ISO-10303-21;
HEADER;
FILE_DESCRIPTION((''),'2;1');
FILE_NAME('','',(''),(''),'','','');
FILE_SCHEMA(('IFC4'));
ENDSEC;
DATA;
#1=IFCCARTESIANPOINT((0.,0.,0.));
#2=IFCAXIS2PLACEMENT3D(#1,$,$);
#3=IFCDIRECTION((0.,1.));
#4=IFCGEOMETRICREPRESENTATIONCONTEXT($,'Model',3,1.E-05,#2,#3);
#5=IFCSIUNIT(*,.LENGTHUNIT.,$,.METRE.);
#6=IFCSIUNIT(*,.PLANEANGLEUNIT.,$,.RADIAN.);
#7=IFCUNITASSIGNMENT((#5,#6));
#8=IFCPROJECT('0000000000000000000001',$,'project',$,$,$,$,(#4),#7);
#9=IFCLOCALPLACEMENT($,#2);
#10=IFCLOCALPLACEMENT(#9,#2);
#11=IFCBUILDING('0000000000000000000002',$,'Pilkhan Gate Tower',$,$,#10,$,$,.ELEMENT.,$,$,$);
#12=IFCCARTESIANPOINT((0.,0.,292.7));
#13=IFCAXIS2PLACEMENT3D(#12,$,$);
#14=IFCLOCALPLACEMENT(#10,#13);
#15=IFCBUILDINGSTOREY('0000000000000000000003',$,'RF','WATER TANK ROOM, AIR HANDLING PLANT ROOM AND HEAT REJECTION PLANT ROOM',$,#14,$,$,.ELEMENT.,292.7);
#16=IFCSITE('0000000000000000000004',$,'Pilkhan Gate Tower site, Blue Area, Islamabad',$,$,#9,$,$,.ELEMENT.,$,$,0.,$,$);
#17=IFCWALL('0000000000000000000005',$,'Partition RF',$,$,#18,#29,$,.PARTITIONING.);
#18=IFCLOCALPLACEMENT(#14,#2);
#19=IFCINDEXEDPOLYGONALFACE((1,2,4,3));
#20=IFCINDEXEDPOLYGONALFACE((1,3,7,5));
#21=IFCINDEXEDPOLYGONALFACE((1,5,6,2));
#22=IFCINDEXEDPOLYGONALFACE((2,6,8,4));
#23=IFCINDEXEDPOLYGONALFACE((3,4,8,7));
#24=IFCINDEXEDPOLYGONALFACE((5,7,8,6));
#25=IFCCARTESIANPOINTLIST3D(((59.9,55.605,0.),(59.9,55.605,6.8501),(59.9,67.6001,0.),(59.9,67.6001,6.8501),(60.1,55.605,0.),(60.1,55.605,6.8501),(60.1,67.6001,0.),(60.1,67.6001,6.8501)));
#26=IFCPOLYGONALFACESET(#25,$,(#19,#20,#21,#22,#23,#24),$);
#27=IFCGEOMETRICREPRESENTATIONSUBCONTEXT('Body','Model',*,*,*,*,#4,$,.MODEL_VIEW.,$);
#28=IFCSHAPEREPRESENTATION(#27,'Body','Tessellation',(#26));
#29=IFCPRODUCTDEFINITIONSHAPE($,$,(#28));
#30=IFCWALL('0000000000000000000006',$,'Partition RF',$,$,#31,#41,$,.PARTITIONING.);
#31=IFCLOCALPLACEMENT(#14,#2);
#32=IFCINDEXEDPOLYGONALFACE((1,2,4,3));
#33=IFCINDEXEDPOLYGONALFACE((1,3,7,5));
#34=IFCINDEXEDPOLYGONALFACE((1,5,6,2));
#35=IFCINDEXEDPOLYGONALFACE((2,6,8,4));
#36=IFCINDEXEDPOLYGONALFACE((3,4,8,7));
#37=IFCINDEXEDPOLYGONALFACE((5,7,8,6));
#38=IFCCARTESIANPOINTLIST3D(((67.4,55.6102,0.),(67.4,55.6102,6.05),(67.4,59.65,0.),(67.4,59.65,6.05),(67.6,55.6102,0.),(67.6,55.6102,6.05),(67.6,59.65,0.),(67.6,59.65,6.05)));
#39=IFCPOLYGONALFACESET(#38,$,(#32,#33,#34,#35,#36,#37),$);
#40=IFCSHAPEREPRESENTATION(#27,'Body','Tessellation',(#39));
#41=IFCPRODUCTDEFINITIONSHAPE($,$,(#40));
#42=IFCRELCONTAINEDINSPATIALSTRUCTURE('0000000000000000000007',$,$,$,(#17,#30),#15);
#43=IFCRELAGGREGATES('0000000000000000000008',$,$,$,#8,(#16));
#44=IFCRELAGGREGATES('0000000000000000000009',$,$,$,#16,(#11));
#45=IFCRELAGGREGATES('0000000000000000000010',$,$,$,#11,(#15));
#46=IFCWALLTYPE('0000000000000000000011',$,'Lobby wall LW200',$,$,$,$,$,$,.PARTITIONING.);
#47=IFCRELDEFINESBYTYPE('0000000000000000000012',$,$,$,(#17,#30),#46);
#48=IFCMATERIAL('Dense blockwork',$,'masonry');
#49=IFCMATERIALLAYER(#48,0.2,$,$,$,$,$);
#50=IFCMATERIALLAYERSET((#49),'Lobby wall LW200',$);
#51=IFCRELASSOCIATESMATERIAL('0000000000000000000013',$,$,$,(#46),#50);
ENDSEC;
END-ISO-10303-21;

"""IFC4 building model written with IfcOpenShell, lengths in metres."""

from ifc_helpers import new_model, si_unit, direction, frame, frame_2d, origin, place, context, subcontext, project, spatial, rectangle, extrude, material, layer, layer_set, type_object, element, save


model = new_model("IFC4")

# Units and contexts
model_context = context("Model", 3, precision=1e-05, world=origin(), true_north=direction((0.0, 1.0)))
body_context = subcontext(model_context, "Body", "Model", "MODEL_VIEW")
ifc_project = project(units=[si_unit("LENGTHUNIT", "METRE"), si_unit("PLANEANGLEUNIT", "RADIAN")], contexts=[model_context])

# Site, building, storey
site_placement = place(None, origin())
site = spatial("IfcSite", under=ifc_project, at=site_placement, Name="Pilkhan Gate Tower site, Blue Area, Islamabad", CompositionType="ELEMENT", RefElevation=0.0)
building_placement = place(site_placement, origin())
building = spatial("IfcBuilding", under=site, at=building_placement, Name="Pilkhan Gate Tower", CompositionType="ELEMENT")
storey_placement = place(building_placement, frame((0.0, 0.0, 292.7)))
storey = spatial("IfcBuildingStorey", under=building, at=storey_placement, Name="RF", Description="WATER TANK ROOM, AIR HANDLING PLANT ROOM AND HEAT REJECTION PLANT ROOM", CompositionType="ELEMENT", Elevation=292.7)

# Walls
ifc_material_1 = material(Name="Dense blockwork", Category="masonry")
ifc_layer_1 = layer(ifc_material_1, 0.2)
ifc_layer_set_1 = layer_set([ifc_layer_1], Name="Lobby wall LW200")
wall_type_1 = type_object("IfcWallType", Name="Lobby wall LW200", PredefinedType="PARTITIONING", material=ifc_layer_set_1)
wall_1_placement = place(storey_placement, frame((60.0, 55.605, 0.0), z_axis=(0.0, 0.0, 1.0), x_axis=(0.0, 1.0, 0.0)))
element("IfcWall", 1, at=wall_1_placement, inside=storey, type_object=wall_type_1, Name="Partition RF", PredefinedType="PARTITIONING", context=body_context, shape_type="SweptSolid", body=[
    extrude(rectangle(XDim=11.9951, YDim=0.2, at=frame_2d((5.9976, 0.0))), origin(), (0.0, 0.0, 1.0), 6.8501),
])
wall_2_placement = place(storey_placement, frame((67.5, 55.6101, 0.0), z_axis=(0.0, 0.0, 1.0), x_axis=(0.0, 1.0, 0.0)))
element("IfcWall", 2, at=wall_2_placement, inside=storey, type_object=wall_type_1, Name="Partition RF", PredefinedType="PARTITIONING", context=body_context, shape_type="SweptSolid", body=[
    extrude(rectangle(XDim=4.0398, YDim=0.2, at=frame_2d((2.02, 0.0))), origin(), (0.0, 0.0, 1.0), 6.05),
])

save(model, "model.ifc")
